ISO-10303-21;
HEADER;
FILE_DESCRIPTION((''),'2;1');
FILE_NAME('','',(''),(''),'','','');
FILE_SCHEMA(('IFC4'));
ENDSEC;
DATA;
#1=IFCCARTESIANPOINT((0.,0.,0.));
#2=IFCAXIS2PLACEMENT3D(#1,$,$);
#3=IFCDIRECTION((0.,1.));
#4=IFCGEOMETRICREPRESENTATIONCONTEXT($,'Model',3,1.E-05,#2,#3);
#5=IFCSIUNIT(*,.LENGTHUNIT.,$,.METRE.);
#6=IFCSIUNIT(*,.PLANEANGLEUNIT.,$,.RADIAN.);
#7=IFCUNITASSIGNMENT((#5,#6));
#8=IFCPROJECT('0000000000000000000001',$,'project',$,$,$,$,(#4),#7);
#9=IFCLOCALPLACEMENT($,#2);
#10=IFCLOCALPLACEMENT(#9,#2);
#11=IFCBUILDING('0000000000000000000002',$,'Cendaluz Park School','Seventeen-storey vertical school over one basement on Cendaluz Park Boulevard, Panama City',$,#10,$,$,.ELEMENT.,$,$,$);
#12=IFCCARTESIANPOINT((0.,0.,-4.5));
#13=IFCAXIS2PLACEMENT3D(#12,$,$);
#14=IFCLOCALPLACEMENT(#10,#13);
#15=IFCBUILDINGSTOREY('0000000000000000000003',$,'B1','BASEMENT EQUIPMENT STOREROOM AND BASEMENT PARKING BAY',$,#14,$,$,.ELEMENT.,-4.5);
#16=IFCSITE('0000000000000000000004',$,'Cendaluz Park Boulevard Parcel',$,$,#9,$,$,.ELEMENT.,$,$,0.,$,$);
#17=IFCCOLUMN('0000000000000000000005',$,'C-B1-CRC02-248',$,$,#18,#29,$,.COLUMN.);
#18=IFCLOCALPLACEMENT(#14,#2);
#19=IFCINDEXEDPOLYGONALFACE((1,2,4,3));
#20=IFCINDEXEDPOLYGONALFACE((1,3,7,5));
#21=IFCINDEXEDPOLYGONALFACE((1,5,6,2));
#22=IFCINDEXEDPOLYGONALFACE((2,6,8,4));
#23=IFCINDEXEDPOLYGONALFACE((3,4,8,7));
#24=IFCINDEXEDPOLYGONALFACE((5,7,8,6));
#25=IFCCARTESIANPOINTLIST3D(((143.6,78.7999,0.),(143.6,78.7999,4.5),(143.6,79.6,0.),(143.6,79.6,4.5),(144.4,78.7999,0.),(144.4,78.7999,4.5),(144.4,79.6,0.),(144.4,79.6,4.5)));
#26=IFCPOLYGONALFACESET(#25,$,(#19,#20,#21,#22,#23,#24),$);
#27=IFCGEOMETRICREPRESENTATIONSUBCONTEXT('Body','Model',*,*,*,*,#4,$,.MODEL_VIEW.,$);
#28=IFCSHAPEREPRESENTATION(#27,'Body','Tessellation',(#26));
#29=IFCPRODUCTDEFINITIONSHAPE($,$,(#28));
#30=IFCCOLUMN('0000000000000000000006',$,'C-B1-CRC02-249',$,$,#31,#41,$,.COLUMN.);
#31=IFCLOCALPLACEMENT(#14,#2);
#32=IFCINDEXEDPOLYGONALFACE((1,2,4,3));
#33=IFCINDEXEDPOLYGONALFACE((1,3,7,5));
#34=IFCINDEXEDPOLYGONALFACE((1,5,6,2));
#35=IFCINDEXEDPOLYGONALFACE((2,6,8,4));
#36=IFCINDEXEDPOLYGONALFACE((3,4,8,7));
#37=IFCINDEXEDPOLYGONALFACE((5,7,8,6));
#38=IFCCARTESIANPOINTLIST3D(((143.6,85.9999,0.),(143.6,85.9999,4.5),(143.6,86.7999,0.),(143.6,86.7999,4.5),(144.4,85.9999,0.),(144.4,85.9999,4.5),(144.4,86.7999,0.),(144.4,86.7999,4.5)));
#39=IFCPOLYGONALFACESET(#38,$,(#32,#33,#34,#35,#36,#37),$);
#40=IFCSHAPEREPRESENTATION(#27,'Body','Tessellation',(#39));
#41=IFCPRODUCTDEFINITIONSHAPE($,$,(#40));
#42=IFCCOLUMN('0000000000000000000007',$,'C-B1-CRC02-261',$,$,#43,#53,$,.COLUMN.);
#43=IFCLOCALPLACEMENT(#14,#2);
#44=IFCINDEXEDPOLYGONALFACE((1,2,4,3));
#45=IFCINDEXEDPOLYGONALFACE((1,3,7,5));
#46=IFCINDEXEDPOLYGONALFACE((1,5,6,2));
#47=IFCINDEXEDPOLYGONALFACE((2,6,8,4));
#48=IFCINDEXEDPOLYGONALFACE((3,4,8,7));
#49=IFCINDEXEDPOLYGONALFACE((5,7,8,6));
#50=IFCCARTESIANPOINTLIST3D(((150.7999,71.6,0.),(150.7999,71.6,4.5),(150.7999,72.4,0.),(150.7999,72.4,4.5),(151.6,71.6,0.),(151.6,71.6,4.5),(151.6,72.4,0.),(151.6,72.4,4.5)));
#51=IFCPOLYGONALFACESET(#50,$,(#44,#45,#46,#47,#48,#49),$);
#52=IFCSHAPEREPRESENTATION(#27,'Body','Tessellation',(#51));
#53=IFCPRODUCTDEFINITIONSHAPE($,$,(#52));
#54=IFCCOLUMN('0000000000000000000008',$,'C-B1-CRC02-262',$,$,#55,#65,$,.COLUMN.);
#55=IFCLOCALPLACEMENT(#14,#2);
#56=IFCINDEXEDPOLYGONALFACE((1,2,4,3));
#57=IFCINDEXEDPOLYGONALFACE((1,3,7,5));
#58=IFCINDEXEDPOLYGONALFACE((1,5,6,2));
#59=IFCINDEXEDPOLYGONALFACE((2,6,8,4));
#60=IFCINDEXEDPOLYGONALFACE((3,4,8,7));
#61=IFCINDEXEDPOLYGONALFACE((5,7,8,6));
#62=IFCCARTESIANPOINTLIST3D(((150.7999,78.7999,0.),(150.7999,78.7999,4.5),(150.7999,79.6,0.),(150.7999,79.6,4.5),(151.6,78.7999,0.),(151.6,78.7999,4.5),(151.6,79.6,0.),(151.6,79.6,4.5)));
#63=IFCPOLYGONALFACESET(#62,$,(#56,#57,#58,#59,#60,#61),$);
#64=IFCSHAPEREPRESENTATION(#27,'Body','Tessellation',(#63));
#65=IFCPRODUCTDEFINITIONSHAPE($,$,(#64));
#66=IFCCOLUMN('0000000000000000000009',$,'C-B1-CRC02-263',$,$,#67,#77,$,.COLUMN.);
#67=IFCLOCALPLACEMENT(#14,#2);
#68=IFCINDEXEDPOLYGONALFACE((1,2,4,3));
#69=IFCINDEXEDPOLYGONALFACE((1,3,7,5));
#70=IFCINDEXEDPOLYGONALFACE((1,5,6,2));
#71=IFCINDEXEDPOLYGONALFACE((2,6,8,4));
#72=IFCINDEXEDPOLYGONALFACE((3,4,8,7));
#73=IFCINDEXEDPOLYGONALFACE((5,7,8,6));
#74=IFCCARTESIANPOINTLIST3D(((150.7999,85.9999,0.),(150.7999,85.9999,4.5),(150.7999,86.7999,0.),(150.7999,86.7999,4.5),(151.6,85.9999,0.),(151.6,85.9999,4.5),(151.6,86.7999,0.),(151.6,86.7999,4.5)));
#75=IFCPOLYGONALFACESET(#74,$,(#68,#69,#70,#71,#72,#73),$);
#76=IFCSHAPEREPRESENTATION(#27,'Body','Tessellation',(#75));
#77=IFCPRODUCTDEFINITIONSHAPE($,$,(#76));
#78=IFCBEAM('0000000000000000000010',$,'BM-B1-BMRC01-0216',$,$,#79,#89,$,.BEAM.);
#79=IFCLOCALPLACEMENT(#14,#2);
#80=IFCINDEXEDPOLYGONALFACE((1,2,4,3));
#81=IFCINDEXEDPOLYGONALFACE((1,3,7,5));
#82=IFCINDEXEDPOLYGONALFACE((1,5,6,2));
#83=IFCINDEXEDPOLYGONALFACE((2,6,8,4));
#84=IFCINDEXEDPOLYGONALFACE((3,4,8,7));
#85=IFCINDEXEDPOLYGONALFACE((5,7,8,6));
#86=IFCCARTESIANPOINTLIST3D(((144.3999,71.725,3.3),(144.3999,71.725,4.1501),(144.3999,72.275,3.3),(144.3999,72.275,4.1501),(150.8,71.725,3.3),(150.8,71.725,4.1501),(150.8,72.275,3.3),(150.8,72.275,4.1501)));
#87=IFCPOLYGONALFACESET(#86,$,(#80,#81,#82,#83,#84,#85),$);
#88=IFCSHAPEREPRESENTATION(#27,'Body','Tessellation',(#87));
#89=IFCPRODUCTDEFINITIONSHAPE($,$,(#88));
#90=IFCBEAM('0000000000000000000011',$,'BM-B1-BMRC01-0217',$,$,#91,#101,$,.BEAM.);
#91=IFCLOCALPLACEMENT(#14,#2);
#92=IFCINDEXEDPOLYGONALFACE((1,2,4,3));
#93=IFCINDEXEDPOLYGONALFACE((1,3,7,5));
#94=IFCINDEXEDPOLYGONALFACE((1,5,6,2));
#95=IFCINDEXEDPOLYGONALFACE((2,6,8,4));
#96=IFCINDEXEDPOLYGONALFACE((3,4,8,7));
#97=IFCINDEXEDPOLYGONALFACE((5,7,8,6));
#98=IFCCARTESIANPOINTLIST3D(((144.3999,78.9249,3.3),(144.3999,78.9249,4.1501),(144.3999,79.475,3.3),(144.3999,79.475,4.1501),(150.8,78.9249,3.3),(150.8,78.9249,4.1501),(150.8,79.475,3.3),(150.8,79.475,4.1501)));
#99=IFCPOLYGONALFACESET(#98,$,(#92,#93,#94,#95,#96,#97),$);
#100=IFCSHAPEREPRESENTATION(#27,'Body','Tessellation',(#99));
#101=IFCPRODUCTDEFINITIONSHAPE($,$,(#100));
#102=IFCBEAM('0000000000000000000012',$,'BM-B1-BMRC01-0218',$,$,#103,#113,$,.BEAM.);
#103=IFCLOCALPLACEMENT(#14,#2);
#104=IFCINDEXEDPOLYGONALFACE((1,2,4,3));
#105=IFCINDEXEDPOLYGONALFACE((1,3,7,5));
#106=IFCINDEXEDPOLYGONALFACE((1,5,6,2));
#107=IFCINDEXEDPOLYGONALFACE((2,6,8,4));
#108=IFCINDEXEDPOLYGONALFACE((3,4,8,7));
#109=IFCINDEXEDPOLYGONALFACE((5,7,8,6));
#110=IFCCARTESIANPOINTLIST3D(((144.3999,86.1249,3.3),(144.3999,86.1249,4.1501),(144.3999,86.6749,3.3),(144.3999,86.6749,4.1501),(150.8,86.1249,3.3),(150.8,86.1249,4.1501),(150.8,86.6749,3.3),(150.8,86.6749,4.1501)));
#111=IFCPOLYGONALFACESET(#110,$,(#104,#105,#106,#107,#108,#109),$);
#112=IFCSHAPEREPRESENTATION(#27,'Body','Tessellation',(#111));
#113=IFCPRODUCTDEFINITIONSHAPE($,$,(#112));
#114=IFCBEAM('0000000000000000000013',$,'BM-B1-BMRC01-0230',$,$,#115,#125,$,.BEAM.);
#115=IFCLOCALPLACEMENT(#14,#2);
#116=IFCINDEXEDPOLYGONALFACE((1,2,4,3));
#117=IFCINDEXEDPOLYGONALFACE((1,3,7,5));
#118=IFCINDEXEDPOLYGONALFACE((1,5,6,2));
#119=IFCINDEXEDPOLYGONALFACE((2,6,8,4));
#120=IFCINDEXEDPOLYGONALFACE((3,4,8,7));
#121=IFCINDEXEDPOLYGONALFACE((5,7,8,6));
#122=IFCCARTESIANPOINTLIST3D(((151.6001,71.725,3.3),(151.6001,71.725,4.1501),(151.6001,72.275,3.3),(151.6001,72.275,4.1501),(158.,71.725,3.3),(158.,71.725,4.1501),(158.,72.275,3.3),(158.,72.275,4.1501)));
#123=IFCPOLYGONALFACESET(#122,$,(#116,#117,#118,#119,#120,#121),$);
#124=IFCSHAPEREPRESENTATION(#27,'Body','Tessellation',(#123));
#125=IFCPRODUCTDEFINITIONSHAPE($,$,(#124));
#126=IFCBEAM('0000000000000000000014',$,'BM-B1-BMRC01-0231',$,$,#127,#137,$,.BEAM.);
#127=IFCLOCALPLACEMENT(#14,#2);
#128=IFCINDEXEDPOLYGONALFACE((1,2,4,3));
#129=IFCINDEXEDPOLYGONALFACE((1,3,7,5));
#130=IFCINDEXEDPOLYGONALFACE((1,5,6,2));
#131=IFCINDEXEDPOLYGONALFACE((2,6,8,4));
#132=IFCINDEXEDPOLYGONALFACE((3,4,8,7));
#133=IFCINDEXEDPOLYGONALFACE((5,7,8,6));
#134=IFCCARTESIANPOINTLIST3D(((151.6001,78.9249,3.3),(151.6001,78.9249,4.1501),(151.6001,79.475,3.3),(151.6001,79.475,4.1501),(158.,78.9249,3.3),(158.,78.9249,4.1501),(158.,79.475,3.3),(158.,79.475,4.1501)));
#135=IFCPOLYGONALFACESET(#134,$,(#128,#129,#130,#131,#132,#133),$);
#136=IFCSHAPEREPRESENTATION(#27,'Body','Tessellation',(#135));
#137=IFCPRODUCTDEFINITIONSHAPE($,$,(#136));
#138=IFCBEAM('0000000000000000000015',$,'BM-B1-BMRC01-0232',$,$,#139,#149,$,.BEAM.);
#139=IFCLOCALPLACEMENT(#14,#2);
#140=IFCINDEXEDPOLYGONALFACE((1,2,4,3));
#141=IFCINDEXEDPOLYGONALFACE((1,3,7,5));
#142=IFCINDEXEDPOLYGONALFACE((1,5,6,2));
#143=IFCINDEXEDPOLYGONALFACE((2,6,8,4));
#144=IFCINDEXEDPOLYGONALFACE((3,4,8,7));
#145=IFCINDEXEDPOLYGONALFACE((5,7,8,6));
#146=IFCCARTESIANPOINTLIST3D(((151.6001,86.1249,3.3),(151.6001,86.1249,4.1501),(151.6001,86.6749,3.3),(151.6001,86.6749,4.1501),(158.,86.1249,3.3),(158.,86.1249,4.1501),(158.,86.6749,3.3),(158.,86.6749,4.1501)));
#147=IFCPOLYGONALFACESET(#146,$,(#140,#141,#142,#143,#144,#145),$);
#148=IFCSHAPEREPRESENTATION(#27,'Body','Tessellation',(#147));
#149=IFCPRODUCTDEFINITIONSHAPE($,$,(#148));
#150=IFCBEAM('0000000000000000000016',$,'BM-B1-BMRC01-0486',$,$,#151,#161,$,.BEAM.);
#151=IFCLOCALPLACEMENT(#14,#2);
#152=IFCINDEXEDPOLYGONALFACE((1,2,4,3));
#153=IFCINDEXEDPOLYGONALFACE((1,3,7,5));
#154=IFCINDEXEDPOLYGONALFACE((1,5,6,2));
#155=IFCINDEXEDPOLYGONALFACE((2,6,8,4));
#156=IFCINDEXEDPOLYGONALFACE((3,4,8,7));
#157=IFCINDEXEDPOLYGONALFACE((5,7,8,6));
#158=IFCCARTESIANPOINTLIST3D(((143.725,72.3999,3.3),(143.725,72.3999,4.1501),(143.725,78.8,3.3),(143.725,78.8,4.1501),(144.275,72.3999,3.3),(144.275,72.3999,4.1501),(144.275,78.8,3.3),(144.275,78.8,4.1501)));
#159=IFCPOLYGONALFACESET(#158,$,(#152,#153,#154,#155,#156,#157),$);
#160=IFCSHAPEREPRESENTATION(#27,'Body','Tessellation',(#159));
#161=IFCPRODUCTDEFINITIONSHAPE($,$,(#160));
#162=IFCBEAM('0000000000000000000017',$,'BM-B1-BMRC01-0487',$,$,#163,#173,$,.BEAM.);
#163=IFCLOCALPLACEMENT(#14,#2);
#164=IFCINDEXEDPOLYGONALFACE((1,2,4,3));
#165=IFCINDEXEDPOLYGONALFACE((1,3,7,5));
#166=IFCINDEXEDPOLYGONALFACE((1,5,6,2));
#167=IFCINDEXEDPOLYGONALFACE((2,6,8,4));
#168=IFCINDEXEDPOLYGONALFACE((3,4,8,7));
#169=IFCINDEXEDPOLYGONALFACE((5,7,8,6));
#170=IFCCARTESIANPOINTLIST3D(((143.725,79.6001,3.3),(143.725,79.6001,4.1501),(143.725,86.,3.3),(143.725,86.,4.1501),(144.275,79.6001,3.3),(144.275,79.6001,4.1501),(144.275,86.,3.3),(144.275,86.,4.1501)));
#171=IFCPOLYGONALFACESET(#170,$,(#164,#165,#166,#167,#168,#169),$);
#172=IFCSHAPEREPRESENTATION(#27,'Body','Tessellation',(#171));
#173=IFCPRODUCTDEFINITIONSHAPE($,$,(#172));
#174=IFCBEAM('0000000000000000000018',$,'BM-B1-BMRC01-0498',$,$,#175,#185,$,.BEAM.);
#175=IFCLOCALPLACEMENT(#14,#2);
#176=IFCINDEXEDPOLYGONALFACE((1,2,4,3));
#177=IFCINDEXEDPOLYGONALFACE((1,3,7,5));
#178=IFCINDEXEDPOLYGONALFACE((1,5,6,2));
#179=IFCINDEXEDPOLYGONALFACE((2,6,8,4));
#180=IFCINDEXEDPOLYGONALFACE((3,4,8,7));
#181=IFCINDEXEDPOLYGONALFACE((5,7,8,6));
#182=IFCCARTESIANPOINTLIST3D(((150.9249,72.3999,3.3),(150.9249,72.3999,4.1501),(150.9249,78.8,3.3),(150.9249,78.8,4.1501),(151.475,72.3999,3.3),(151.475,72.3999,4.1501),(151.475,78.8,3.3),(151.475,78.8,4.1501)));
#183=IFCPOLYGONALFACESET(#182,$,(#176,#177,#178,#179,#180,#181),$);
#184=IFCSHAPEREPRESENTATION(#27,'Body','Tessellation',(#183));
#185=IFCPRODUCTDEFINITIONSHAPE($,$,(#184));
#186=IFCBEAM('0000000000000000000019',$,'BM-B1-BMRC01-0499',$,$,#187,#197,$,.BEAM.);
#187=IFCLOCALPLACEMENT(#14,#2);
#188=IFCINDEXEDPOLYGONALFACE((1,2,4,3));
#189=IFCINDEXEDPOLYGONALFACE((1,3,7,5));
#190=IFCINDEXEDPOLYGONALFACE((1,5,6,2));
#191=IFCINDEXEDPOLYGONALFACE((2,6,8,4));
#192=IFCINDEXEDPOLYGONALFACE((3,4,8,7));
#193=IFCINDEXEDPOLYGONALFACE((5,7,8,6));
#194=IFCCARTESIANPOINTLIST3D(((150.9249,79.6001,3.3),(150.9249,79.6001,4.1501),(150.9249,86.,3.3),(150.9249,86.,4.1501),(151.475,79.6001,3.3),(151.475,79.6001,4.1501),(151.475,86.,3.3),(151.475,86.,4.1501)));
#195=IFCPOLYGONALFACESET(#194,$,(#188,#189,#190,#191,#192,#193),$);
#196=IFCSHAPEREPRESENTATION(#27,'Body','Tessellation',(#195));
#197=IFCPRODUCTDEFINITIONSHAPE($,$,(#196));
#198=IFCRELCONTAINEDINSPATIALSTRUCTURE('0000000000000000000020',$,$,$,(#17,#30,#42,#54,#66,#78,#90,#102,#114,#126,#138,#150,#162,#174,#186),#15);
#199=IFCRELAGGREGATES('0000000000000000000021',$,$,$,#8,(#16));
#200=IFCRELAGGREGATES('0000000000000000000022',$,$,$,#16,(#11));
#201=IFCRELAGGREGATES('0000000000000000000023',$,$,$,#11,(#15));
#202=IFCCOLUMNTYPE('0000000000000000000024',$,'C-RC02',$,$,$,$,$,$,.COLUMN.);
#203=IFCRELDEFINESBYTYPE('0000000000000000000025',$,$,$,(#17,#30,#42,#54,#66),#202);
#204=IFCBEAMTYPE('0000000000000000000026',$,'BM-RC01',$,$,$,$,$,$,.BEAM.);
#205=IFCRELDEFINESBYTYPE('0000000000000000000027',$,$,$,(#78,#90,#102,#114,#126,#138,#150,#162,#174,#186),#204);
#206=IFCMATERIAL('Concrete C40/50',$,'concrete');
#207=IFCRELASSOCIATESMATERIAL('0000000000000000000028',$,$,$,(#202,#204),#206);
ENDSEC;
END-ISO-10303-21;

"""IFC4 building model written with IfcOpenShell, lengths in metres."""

from ifc_helpers import new_model, si_unit, direction, frame, origin, origin_2d, place, context, subcontext, project, spatial, rectangle, extrude, material, material_profile, profile_set, type_object, element, save


model = new_model("IFC4")

# Units and contexts
model_context = context("Model", 3, precision=1e-05, world=origin(), true_north=direction((0.0, 1.0)))
body_context = subcontext(model_context, "Body", "Model", "MODEL_VIEW")
ifc_project = project(units=[si_unit("LENGTHUNIT", "METRE"), si_unit("PLANEANGLEUNIT", "RADIAN")], contexts=[model_context])

# Site, building, storey
site_placement = place(None, origin())
site = spatial("IfcSite", under=ifc_project, at=site_placement, Name="Cendaluz Park Boulevard Parcel", CompositionType="ELEMENT", RefElevation=0.0)
building_placement = place(site_placement, origin())
building = spatial("IfcBuilding", under=site, at=building_placement, Name="Cendaluz Park School", Description="Seventeen-storey vertical school over one basement on Cendaluz Park Boulevard, Panama City", CompositionType="ELEMENT")
storey_placement = place(building_placement, frame((0.0, 0.0, -4.5)))
storey = spatial("IfcBuildingStorey", under=building, at=storey_placement, Name="B1", Description="BASEMENT EQUIPMENT STOREROOM AND BASEMENT PARKING BAY", CompositionType="ELEMENT", Elevation=-4.5)

# Shared definitions
ifc_material_1 = material(Name="Concrete C40/50", Category="concrete")

# Columns
ifc_material_profile_1 = material_profile(ifc_material_1, rectangle(XDim=0.8, YDim=0.8, at=origin_2d()), Name="RC 800x800", Category="concrete")
ifc_profile_set_1 = profile_set([ifc_material_profile_1], Name="Concrete C40/50")
column_type = type_object("IfcColumnType", Name="C-RC02", PredefinedType="COLUMN", material=ifc_profile_set_1)
for number, where, z_axis, x_axis, name in (
    (1, (144.0, 79.2, 0.0), (0.0, 0.0, 1.0), (1.0, 0.0, 0.0), "C-B1-CRC02-248"),
    (2, (144.0, 86.3999, 0.0), (0.0, 0.0, 1.0), (1.0, 0.0, 0.0), "C-B1-CRC02-249"),
    (3, (151.2, 72.0, 0.0), (0.0, 0.0, 1.0), (1.0, 0.0, 0.0), "C-B1-CRC02-261"),
    (4, (151.2, 79.2, 0.0), (0.0, 0.0, 1.0), (1.0, 0.0, 0.0), "C-B1-CRC02-262"),
    (5, (151.2, 86.3999, 0.0), (0.0, 0.0, 1.0), (1.0, 0.0, 0.0), "C-B1-CRC02-263"),
):
    element("IfcColumn", number, at=place(storey_placement, frame(where, z_axis=z_axis, x_axis=x_axis)), inside=storey, type_object=column_type, Name=name, PredefinedType="COLUMN", context=body_context, shape_type="SweptSolid", body=[
        extrude(rectangle(XDim=0.8, YDim=0.8, at=origin_2d()), origin(), (0.0, 0.0, 1.0), 4.5),
    ])

# Beams
ifc_material_profile_2 = material_profile(ifc_material_1, rectangle(XDim=0.55, YDim=0.8501, at=origin_2d()), Name="RC 550x850", Category="concrete")
ifc_profile_set_2 = profile_set([ifc_material_profile_2], Name="Concrete C40/50")
beam_type = type_object("IfcBeamType", Name="BM-RC01", PredefinedType="BEAM", material=ifc_profile_set_2)
for number, where, z_axis, x_axis, name in (
    (6, (144.3999, 72.0, 3.7251), (1.0, 0.0, 0.0), (0.0, 1.0, 0.0), "BM-B1-BMRC01-0216"),
    (7, (144.3999, 79.2, 3.7251), (1.0, 0.0, 0.0), (0.0, 1.0, 0.0), "BM-B1-BMRC01-0217"),
    (8, (144.3999, 86.3999, 3.7251), (1.0, 0.0, 0.0), (0.0, 1.0, 0.0), "BM-B1-BMRC01-0218"),
):
    element("IfcBeam", number, at=place(storey_placement, frame(where, z_axis=z_axis, x_axis=x_axis)), inside=storey, type_object=beam_type, Name=name, PredefinedType="BEAM", context=body_context, shape_type="SweptSolid", body=[
        extrude(rectangle(XDim=0.55, YDim=0.8501, at=origin_2d()), origin(), (0.0, 0.0, 1.0), 6.4001),
    ])
for number, where, z_axis, x_axis, name in (
    (9, (151.6001, 72.0, 3.7251), (1.0, 0.0, 0.0), (0.0, 1.0, 0.0), "BM-B1-BMRC01-0230"),
    (10, (151.6001, 79.2, 3.7251), (1.0, 0.0, 0.0), (0.0, 1.0, 0.0), "BM-B1-BMRC01-0231"),
    (11, (151.6001, 86.3999, 3.7251), (1.0, 0.0, 0.0), (0.0, 1.0, 0.0), "BM-B1-BMRC01-0232"),
):
    element("IfcBeam", number, at=place(storey_placement, frame(where, z_axis=z_axis, x_axis=x_axis)), inside=storey, type_object=beam_type, Name=name, PredefinedType="BEAM", context=body_context, shape_type="SweptSolid", body=[
        extrude(rectangle(XDim=0.55, YDim=0.8501, at=origin_2d()), origin(), (0.0, 0.0, 1.0), 6.3999),
    ])
beam_1_placement = place(storey_placement, frame((144.0, 72.3999, 3.7251), z_axis=(0.0, 1.0, 0.0), x_axis=(-1.0, 0.0, 0.0)))
element("IfcBeam", 12, at=beam_1_placement, inside=storey, type_object=beam_type, Name="BM-B1-BMRC01-0486", PredefinedType="BEAM", context=body_context, shape_type="SweptSolid", body=[
    extrude(rectangle(XDim=0.55, YDim=0.8501, at=origin_2d()), origin(), (0.0, 0.0, 1.0), 6.4001),
])
beam_2_placement = place(storey_placement, frame((144.0, 79.6001, 3.7251), z_axis=(0.0, 1.0, 0.0), x_axis=(-1.0, 0.0, 0.0)))
element("IfcBeam", 13, at=beam_2_placement, inside=storey, type_object=beam_type, Name="BM-B1-BMRC01-0487", PredefinedType="BEAM", context=body_context, shape_type="SweptSolid", body=[
    extrude(rectangle(XDim=0.55, YDim=0.8501, at=origin_2d()), origin(), (0.0, 0.0, 1.0), 6.3999),
])
beam_3_placement = place(storey_placement, frame((151.2, 72.3999, 3.7251), z_axis=(0.0, 1.0, 0.0), x_axis=(-1.0, 0.0, 0.0)))
element("IfcBeam", 14, at=beam_3_placement, inside=storey, type_object=beam_type, Name="BM-B1-BMRC01-0498", PredefinedType="BEAM", context=body_context, shape_type="SweptSolid", body=[
    extrude(rectangle(XDim=0.55, YDim=0.8501, at=origin_2d()), origin(), (0.0, 0.0, 1.0), 6.4001),
])
beam_4_placement = place(storey_placement, frame((151.2, 79.6001, 3.7251), z_axis=(0.0, 1.0, 0.0), x_axis=(-1.0, 0.0, 0.0)))
element("IfcBeam", 15, at=beam_4_placement, inside=storey, type_object=beam_type, Name="BM-B1-BMRC01-0499", PredefinedType="BEAM", context=body_context, shape_type="SweptSolid", body=[
    extrude(rectangle(XDim=0.55, YDim=0.8501, at=origin_2d()), origin(), (0.0, 0.0, 1.0), 6.3999),
])

save(model, "model.ifc")
